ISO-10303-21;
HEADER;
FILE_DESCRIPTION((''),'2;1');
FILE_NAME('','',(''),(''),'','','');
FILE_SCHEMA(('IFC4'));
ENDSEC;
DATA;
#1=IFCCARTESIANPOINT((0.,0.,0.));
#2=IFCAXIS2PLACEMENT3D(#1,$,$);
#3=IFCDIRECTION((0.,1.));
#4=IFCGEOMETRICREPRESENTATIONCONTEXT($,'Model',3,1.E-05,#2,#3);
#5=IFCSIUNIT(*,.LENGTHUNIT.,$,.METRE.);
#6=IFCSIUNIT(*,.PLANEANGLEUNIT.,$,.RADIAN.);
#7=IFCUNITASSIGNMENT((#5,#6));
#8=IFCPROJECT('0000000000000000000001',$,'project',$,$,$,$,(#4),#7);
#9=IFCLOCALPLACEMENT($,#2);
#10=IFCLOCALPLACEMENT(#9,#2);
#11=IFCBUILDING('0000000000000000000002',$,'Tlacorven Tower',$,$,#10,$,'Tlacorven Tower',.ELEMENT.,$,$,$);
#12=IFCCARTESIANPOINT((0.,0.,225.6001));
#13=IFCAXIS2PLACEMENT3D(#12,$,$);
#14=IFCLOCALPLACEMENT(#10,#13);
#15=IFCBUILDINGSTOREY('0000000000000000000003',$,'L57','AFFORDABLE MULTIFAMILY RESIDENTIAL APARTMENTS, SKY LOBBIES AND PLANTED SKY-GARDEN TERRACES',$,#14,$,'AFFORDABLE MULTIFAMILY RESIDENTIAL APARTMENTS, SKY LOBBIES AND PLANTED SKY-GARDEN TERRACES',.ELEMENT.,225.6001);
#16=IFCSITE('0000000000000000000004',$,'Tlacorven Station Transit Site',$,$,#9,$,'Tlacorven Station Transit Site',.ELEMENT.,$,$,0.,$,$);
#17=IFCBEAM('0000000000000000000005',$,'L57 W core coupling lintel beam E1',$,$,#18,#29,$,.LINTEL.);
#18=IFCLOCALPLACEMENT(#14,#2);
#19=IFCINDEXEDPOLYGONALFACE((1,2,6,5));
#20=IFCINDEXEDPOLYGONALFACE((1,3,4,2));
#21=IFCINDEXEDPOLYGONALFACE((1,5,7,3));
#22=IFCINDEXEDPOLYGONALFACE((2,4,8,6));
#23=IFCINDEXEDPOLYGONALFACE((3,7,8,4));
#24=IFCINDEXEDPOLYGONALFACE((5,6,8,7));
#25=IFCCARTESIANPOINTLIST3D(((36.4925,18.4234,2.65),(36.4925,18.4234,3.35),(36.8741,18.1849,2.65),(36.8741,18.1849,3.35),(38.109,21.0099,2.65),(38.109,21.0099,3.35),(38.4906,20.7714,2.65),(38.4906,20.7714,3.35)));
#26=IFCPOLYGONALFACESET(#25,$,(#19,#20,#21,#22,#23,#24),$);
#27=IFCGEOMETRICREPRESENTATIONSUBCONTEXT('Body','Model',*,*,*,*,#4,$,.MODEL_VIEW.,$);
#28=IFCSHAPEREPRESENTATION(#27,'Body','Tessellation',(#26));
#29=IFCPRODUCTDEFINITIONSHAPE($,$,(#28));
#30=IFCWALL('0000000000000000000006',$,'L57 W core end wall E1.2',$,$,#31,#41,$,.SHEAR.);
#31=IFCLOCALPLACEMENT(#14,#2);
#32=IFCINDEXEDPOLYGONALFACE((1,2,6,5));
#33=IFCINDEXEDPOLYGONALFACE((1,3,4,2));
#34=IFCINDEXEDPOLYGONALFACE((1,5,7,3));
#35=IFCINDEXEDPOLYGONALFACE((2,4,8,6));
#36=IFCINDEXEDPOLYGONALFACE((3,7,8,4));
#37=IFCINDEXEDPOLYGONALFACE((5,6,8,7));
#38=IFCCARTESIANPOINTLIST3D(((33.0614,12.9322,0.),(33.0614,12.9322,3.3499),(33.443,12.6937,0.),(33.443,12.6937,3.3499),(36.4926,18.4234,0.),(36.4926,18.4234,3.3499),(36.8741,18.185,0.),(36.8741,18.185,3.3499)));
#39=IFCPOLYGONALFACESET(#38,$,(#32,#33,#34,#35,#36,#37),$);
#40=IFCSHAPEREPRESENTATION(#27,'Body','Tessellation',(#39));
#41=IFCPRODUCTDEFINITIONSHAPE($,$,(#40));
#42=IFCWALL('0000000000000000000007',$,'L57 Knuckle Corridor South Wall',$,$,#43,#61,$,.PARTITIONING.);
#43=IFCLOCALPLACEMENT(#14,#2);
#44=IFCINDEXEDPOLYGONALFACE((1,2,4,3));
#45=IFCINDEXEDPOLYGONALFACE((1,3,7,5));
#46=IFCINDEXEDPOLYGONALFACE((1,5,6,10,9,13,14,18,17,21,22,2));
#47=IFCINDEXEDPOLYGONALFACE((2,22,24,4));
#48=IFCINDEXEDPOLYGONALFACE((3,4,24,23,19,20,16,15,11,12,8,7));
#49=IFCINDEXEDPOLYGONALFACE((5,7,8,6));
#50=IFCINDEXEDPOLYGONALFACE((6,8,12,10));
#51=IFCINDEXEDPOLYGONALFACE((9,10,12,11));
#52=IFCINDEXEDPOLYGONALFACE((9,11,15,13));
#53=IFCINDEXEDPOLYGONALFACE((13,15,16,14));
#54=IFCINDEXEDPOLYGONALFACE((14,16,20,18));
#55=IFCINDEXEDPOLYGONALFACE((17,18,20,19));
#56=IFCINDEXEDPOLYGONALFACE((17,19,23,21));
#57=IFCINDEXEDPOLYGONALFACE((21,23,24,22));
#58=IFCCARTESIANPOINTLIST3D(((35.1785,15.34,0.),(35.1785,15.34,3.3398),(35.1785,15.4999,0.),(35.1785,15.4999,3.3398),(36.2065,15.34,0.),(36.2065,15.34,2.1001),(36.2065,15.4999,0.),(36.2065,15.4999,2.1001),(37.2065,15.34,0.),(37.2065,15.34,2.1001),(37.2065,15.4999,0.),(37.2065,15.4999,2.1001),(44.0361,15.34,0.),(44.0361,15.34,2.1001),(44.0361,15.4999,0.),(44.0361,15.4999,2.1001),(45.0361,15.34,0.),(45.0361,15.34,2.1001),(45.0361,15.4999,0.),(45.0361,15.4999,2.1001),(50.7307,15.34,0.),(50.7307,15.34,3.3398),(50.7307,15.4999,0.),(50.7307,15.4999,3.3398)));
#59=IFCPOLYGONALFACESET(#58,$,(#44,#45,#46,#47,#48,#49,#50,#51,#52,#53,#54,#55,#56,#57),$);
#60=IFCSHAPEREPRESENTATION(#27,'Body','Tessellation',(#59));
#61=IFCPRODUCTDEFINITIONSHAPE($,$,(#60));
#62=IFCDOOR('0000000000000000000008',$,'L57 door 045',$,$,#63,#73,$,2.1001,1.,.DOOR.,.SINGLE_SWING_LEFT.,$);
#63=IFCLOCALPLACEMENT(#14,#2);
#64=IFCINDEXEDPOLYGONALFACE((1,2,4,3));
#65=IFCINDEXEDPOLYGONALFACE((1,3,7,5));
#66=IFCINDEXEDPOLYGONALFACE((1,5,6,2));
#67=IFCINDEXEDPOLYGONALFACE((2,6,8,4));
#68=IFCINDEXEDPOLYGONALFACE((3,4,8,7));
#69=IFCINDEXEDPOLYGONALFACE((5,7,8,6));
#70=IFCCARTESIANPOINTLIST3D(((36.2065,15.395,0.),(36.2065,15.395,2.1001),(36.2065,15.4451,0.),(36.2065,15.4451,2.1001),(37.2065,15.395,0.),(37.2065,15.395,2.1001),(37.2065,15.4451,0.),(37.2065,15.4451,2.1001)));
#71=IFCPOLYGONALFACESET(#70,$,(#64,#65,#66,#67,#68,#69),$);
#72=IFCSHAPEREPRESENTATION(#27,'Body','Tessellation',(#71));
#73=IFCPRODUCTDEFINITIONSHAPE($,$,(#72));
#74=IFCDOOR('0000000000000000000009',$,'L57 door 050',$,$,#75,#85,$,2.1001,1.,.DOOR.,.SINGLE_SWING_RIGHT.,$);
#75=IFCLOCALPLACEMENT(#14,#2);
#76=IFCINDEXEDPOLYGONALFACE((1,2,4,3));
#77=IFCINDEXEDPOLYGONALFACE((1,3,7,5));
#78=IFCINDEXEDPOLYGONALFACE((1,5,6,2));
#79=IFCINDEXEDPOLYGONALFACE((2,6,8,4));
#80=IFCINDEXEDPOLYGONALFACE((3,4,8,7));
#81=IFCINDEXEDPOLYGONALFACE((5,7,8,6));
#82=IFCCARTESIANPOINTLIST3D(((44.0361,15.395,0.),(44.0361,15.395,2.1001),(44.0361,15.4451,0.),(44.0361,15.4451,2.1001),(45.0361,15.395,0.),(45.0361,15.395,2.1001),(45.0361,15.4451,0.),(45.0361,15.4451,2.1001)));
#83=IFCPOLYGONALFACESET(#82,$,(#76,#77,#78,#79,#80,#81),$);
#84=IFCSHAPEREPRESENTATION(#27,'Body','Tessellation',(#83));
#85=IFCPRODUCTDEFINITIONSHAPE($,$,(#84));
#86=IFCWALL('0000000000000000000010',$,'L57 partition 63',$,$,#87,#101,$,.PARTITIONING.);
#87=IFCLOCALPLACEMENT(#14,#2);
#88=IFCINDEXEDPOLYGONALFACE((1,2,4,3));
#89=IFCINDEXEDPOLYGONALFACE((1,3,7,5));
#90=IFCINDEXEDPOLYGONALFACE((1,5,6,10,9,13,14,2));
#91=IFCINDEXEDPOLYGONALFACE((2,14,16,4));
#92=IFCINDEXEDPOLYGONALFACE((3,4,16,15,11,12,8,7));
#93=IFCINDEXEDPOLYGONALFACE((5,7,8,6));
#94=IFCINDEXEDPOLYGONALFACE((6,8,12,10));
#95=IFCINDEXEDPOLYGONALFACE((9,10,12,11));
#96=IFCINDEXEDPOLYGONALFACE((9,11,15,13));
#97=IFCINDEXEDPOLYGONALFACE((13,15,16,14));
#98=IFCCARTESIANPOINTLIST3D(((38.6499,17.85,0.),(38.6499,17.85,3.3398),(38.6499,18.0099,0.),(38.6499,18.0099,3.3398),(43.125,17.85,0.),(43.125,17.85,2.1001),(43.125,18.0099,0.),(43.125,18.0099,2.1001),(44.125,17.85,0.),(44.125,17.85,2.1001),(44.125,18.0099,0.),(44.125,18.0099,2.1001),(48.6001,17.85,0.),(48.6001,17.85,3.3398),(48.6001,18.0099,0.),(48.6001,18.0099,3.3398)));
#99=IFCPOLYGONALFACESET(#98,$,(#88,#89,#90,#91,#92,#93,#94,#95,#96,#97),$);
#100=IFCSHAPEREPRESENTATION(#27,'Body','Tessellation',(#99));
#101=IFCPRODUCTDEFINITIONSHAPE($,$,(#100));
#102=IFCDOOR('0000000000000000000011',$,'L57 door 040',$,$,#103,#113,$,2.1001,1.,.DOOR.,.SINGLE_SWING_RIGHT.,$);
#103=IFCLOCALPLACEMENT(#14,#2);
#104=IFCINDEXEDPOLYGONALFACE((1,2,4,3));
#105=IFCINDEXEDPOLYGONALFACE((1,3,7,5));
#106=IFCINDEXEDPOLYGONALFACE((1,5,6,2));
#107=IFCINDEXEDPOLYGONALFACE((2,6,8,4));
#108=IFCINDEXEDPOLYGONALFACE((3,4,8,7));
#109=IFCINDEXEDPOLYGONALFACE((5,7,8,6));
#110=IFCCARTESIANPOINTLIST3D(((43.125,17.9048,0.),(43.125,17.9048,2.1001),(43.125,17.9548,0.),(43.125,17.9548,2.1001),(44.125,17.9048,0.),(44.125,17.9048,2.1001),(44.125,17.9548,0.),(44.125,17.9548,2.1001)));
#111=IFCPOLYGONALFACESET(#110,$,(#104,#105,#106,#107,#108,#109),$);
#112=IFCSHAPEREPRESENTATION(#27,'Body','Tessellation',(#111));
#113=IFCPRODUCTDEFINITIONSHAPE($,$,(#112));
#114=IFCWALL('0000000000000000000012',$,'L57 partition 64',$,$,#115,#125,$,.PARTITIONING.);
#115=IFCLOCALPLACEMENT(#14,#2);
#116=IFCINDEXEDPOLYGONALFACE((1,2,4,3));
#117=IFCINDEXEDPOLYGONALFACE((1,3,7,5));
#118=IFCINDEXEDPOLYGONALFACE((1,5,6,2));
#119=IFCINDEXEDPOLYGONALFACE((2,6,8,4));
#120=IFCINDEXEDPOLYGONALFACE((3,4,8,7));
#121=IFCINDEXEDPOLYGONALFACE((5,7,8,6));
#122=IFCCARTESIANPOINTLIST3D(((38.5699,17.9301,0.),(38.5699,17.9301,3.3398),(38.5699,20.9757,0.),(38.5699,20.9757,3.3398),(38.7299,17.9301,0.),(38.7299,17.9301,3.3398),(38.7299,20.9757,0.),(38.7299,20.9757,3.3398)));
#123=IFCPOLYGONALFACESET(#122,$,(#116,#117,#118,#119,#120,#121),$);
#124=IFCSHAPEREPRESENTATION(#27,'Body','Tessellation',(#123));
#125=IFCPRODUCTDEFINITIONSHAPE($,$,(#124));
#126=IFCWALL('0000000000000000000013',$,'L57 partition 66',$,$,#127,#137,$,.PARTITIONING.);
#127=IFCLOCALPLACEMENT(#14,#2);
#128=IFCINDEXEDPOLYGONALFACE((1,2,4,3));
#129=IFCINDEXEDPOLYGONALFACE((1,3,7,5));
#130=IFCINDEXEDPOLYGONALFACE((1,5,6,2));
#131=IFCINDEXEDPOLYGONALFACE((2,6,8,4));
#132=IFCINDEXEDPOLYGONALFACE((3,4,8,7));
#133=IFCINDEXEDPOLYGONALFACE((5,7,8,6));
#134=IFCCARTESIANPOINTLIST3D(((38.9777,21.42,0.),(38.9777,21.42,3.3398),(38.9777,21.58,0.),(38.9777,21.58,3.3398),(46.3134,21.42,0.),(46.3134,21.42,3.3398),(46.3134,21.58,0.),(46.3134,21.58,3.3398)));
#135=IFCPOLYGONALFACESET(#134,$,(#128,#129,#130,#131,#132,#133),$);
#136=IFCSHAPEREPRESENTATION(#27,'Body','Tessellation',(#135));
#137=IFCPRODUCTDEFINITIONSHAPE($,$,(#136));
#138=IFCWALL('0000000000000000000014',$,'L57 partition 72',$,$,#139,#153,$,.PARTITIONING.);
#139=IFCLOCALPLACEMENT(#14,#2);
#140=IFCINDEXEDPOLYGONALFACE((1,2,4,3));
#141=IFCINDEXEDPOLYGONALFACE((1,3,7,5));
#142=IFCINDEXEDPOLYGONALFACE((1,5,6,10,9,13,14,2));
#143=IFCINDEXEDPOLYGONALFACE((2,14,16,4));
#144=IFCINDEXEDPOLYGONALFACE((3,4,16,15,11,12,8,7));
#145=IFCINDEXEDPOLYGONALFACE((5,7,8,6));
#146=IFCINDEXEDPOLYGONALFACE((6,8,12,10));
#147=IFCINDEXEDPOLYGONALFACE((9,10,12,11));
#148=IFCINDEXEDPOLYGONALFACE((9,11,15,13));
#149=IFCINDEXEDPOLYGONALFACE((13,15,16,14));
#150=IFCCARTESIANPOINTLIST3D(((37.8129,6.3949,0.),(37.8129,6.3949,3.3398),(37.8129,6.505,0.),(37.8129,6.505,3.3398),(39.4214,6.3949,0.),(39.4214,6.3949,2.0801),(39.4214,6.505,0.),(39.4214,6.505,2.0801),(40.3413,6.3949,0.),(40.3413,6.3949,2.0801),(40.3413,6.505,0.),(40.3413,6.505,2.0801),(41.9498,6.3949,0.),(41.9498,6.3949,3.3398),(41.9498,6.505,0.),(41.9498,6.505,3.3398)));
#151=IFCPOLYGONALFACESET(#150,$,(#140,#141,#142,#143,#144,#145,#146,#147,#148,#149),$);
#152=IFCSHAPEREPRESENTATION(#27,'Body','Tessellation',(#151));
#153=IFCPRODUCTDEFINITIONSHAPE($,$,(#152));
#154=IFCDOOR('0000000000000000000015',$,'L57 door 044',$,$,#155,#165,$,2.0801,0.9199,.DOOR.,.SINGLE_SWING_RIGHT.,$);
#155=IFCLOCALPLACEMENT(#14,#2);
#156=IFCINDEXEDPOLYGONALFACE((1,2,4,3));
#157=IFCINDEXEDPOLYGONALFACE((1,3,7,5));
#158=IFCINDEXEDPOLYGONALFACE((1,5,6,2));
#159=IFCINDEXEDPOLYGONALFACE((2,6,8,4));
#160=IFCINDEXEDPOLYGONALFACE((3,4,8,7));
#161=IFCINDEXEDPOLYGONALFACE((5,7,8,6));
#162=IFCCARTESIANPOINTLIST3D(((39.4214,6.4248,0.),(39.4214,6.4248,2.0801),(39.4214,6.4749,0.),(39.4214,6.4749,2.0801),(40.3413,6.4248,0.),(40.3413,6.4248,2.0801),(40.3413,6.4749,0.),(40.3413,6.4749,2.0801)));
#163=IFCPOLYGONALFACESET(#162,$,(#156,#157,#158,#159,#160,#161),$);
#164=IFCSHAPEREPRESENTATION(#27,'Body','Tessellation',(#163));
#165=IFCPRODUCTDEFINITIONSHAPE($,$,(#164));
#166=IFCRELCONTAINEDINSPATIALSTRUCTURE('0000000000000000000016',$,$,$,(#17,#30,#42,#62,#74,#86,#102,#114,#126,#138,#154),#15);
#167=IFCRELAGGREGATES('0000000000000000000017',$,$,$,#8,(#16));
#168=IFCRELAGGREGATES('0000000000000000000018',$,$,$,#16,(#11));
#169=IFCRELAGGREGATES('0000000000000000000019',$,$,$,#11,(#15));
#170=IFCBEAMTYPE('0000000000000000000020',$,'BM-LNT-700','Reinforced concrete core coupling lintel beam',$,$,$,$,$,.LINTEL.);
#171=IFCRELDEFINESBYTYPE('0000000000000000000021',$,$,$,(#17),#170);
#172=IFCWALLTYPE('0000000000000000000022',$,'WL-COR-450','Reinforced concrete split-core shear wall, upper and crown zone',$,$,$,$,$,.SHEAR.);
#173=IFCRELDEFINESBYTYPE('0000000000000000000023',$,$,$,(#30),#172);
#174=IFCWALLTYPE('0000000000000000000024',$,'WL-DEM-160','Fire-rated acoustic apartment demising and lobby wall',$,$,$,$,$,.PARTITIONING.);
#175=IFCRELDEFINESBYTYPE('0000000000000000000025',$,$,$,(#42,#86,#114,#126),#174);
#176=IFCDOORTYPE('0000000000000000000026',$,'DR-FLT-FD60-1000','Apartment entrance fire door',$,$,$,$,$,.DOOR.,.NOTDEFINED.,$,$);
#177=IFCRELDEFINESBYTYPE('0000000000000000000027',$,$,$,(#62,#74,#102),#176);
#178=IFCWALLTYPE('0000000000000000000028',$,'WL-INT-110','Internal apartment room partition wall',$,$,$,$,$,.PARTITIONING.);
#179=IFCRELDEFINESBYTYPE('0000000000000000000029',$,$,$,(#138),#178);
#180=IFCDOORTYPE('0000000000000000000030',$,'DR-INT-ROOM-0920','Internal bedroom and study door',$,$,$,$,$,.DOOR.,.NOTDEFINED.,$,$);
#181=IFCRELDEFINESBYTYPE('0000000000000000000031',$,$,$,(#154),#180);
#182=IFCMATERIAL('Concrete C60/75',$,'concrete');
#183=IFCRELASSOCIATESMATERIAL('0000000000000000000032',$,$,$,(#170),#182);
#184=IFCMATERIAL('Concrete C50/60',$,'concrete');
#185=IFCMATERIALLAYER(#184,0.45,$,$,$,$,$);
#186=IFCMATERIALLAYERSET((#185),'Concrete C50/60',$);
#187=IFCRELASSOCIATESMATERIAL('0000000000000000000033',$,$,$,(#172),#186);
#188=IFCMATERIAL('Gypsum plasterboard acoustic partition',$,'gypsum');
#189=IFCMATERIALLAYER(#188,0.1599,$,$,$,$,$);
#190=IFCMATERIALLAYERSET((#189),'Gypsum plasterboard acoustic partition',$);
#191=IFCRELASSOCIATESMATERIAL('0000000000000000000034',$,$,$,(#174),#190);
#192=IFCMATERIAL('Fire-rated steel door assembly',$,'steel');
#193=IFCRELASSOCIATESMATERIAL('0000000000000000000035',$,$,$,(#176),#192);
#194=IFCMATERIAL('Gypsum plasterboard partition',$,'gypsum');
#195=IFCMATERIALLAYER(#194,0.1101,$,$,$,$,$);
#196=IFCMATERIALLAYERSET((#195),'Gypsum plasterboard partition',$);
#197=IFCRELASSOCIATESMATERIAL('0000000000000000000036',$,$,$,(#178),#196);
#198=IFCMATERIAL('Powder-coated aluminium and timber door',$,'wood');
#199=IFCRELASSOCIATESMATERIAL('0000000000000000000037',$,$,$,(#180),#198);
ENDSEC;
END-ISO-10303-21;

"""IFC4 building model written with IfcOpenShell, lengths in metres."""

from ifc_helpers import new_model, si_unit, direction, frame, frame_2d, origin, origin_2d, place, context, subcontext, project, spatial, rectangle, extrude, source, transform, mapped, material, layer, layer_set, material_profile, profile_set, type_object, element, fill, save


model = new_model("IFC4")

# Units and contexts
model_context = context("Model", 3, precision=1e-05, world=origin(), true_north=direction((0.0, 1.0)))
body_context = subcontext(model_context, "Body", "Model", "MODEL_VIEW")
ifc_project = project(units=[si_unit("LENGTHUNIT", "METRE"), si_unit("PLANEANGLEUNIT", "RADIAN")], contexts=[model_context])

# Site, building, storey
site_placement = place(None, origin())
site = spatial("IfcSite", under=ifc_project, at=site_placement, Name="Tlacorven Station Transit Site", LongName="Tlacorven Station Transit Site", CompositionType="ELEMENT", RefElevation=0.0)
building_placement = place(site_placement, origin())
building = spatial("IfcBuilding", under=site, at=building_placement, Name="Tlacorven Tower", LongName="Tlacorven Tower", CompositionType="ELEMENT")
storey_placement = place(building_placement, frame((0.0, 0.0, 225.6001)))
storey = spatial("IfcBuildingStorey", under=building, at=storey_placement, Name="L57", Description="AFFORDABLE MULTIFAMILY RESIDENTIAL APARTMENTS, SKY LOBBIES AND PLANTED SKY-GARDEN TERRACES", LongName="AFFORDABLE MULTIFAMILY RESIDENTIAL APARTMENTS, SKY LOBBIES AND PLANTED SKY-GARDEN TERRACES", CompositionType="ELEMENT", Elevation=225.6001)

# Beam
ifc_material_1 = material(Name="Concrete C60/75", Category="concrete")
ifc_material_profile = material_profile(ifc_material_1, rectangle(XDim=0.45, YDim=0.7, at=origin_2d()), Name="RC 450X700")
ifc_profile_set = profile_set([ifc_material_profile], Name="Concrete C60/75")
beam_type = type_object("IfcBeamType", Name="BM-LNT-700", Description="Reinforced concrete core coupling lintel beam", PredefinedType="LINTEL", material=ifc_profile_set)
shared_shape_1 = source(origin(), body_context, "Body", "SweptSolid", [
    extrude(rectangle(XDim=0.45, YDim=0.7, at=origin_2d()), origin(), (0.0, 0.0, 1.0), 3.05),
])
beam_placement = place(storey_placement, frame((38.2998, 20.8906, 3.0), z_axis=(-0.529985, -0.848007, 0.0), x_axis=(0.848007, -0.529985, 0.0)))
element("IfcBeam", 1, at=beam_placement, inside=storey, type_object=beam_type, Name="L57 W core coupling lintel beam E1", PredefinedType="LINTEL", context=body_context, shape_type="MappedRepresentation", body=[
    mapped(shared_shape_1, transform((0.0, 0.0, 0.0), scale=1.0)),
])

# Wall
ifc_material_2 = material(Name="Concrete C50/60", Category="concrete")
ifc_layer_1 = layer(ifc_material_2, 0.45)
ifc_layer_set_1 = layer_set([ifc_layer_1], Name="Concrete C50/60")
wall_type_1 = type_object("IfcWallType", Name="WL-COR-450", Description="Reinforced concrete split-core shear wall, upper and crown zone", PredefinedType="SHEAR", material=ifc_layer_set_1)
wall_1_placement = place(storey_placement, frame((36.6833, 18.3042, 0.0), z_axis=(0.0, 0.0, 1.0), x_axis=(-0.529904, -0.848058, 0.0)))
element("IfcWall", 2, at=wall_1_placement, inside=storey, type_object=wall_type_1, Name="L57 W core end wall E1.2", PredefinedType="SHEAR", context=body_context, shape_type="SweptSolid", body=[
    extrude(rectangle(XDim=6.4751, YDim=0.45, at=frame_2d((3.2375, 0.0))), origin(), (0.0, 0.0, 1.0), 3.3499),
])

# Wall, openings, doors
ifc_material_3 = material(Name="Gypsum plasterboard acoustic partition", Category="gypsum")
ifc_layer_2 = layer(ifc_material_3, 0.1599)
ifc_layer_set_2 = layer_set([ifc_layer_2], Name="Gypsum plasterboard acoustic partition")
wall_type_2 = type_object("IfcWallType", Name="WL-DEM-160", Description="Fire-rated acoustic apartment demising and lobby wall", PredefinedType="PARTITIONING", material=ifc_layer_set_2)
wall_2_placement = place(storey_placement, frame((35.1785, 15.4199, 0.0), z_axis=(0.0, 0.0, 1.0), x_axis=(1.0, 0.0, 0.0)))
wall_2 = element("IfcWall", 3, at=wall_2_placement, inside=storey, type_object=wall_type_2, Name="L57 Knuckle Corridor South Wall", PredefinedType="PARTITIONING", context=body_context, shape_type="SweptSolid", body=[
    extrude(rectangle(XDim=15.5522, YDim=0.1599, at=frame_2d((7.7761, 0.0))), origin(), (0.0, 0.0, 1.0), 3.3398),
])
opening_1_placement = place(wall_2_placement, frame((1.0281, 0.0, 0.0)))
opening_1 = element("IfcOpeningElement", 4, at=opening_1_placement, cuts=wall_2, PredefinedType="OPENING", context=body_context, shape_type="SweptSolid", body=[
    extrude(rectangle(XDim=1.0, YDim=2.1001, at=frame_2d((0.5, 1.05))), frame((0.0, 0.0898, 0.0), z_axis=(0.0, -1.0, 0.0), x_axis=(1.0, 0.0, 0.0)), (0.0, 0.0, 1.0), 0.1799),
])
opening_2_placement = place(wall_2_placement, frame((8.8577, 0.0, 0.0)))
opening_2 = element("IfcOpeningElement", 5, at=opening_2_placement, cuts=wall_2, PredefinedType="OPENING", context=body_context, shape_type="SweptSolid", body=[
    extrude(rectangle(XDim=1.0, YDim=2.1001, at=frame_2d((0.5, 1.05))), frame((0.0, 0.0898, 0.0), z_axis=(0.0, -1.0, 0.0), x_axis=(1.0, 0.0, 0.0)), (0.0, 0.0, 1.0), 0.1799),
])
ifc_material_4 = material(Name="Fire-rated steel door assembly", Category="steel")
door_type_1 = type_object("IfcDoorType", Name="DR-FLT-FD60-1000", Description="Apartment entrance fire door", OperationType="NOTDEFINED", PredefinedType="DOOR", material=ifc_material_4)
shared_shape_2 = source(origin(), body_context, "Body", "SweptSolid", [
    extrude(rectangle(XDim=1.0, YDim=2.1001, at=frame_2d((0.5, 1.05))), frame((0.0, 0.0249, 0.0), z_axis=(0.0, -1.0, 0.0), x_axis=(1.0, 0.0, 0.0)), (0.0, 0.0, 1.0), 0.05),
])
door_1_placement = place(opening_1_placement, frame((1.0, 0.0, 0.0), z_axis=(0.0, 0.0, 1.0), x_axis=(-1.0, 0.0, 0.0)))
door_1 = element("IfcDoor", 6, at=door_1_placement, inside=storey, type_object=door_type_1, Name="L57 door 045", OperationType="SINGLE_SWING_LEFT", OverallHeight=2.1001, OverallWidth=1.0, PredefinedType="DOOR", context=body_context, shape_type="MappedRepresentation", body=[
    mapped(shared_shape_2, transform((0.0, 0.0, 0.0), scale=1.0)),
])
fill(opening_1, door_1)
door_2_placement = place(opening_2_placement, frame((1.0, 0.0, 0.0), z_axis=(0.0, 0.0, 1.0), x_axis=(-1.0, 0.0, 0.0)))
door_2 = element("IfcDoor", 7, at=door_2_placement, inside=storey, type_object=door_type_1, Name="L57 door 050", OperationType="SINGLE_SWING_RIGHT", OverallHeight=2.1001, OverallWidth=1.0, PredefinedType="DOOR", context=body_context, shape_type="MappedRepresentation", body=[
    mapped(shared_shape_2, transform((0.0, 0.0, 0.0), scale=1.0)),
])
fill(opening_2, door_2)

# Wall, opening, door
wall_3_placement = place(storey_placement, frame((38.6499, 17.9299, 0.0), z_axis=(0.0, 0.0, 1.0), x_axis=(1.0, 0.0, 0.0)))
wall_3 = element("IfcWall", 8, at=wall_3_placement, inside=storey, type_object=wall_type_2, Name="L57 partition 63", PredefinedType="PARTITIONING", context=body_context, shape_type="SweptSolid", body=[
    extrude(rectangle(XDim=9.9502, YDim=0.1599, at=frame_2d((4.9751, 0.0))), origin(), (0.0, 0.0, 1.0), 3.3398),
])
opening_3_placement = place(wall_3_placement, frame((4.4751, 0.0, 0.0)))
opening_3 = element("IfcOpeningElement", 9, at=opening_3_placement, cuts=wall_3, PredefinedType="OPENING", context=body_context, shape_type="SweptSolid", body=[
    extrude(rectangle(XDim=1.0, YDim=2.1001, at=frame_2d((0.5, 1.05))), frame((0.0, 0.0898, 0.0), z_axis=(0.0, -1.0, 0.0), x_axis=(1.0, 0.0, 0.0)), (0.0, 0.0, 1.0), 0.1799),
])
door_3_placement = place(opening_3_placement, origin())
door_3 = element("IfcDoor", 10, at=door_3_placement, inside=storey, type_object=door_type_1, Name="L57 door 040", OperationType="SINGLE_SWING_RIGHT", OverallHeight=2.1001, OverallWidth=1.0, PredefinedType="DOOR", context=body_context, shape_type="MappedRepresentation", body=[
    mapped(shared_shape_2, transform((0.0, 0.0, 0.0), scale=1.0)),
])
fill(opening_3, door_3)

# Walls
wall_4_placement = place(storey_placement, frame((38.6499, 17.9299, 0.0), z_axis=(0.0, 0.0, 1.0), x_axis=(0.0, 1.0, 0.0)))
element("IfcWall", 11, at=wall_4_placement, inside=storey, type_object=wall_type_2, Name="L57 partition 64", PredefinedType="PARTITIONING", context=body_context, shape_type="SweptSolid", body=[
    extrude(rectangle(XDim=3.0457, YDim=0.1599, at=frame_2d((1.5229, 0.0))), origin(), (0.0, 0.0, 1.0), 3.3398),
])
wall_5_placement = place(storey_placement, frame((38.9775, 21.5, 0.0), z_axis=(0.0, 0.0, 1.0), x_axis=(1.0, 0.0, 0.0)))
element("IfcWall", 12, at=wall_5_placement, inside=storey, type_object=wall_type_2, Name="L57 partition 66", PredefinedType="PARTITIONING", context=body_context, shape_type="SweptSolid", body=[
    extrude(rectangle(XDim=7.3357, YDim=0.1599, at=frame_2d((3.668, 0.0))), origin(), (0.0, 0.0, 1.0), 3.3398),
])

# Wall, opening, door
ifc_material_5 = material(Name="Gypsum plasterboard partition", Category="gypsum")
ifc_layer_3 = layer(ifc_material_5, 0.1101)
ifc_layer_set_3 = layer_set([ifc_layer_3], Name="Gypsum plasterboard partition")
wall_type_3 = type_object("IfcWallType", Name="WL-INT-110", Description="Internal apartment room partition wall", PredefinedType="PARTITIONING", material=ifc_layer_set_3)
wall_6_placement = place(storey_placement, frame((37.813, 6.45, 0.0), z_axis=(0.0, 0.0, 1.0), x_axis=(1.0, 0.0, 0.0)))
wall_6 = element("IfcWall", 13, at=wall_6_placement, inside=storey, type_object=wall_type_3, Name="L57 partition 72", PredefinedType="PARTITIONING", context=body_context, shape_type="SweptSolid", body=[
    extrude(rectangle(XDim=4.137, YDim=0.1101, at=frame_2d((2.0684, 0.0))), origin(), (0.0, 0.0, 1.0), 3.3398),
])
opening_4_placement = place(wall_6_placement, frame((1.6084, 0.0, 0.0)))
opening_4 = element("IfcOpeningElement", 14, at=opening_4_placement, cuts=wall_6, PredefinedType="OPENING", context=body_context, shape_type="SweptSolid", body=[
    extrude(rectangle(XDim=0.9199, YDim=2.0801, at=frame_2d((0.46, 1.04))), frame((0.0, 0.0649, 0.0), z_axis=(0.0, -1.0, 0.0), x_axis=(1.0, 0.0, 0.0)), (0.0, 0.0, 1.0), 0.1301),
])
ifc_material_6 = material(Name="Powder-coated aluminium and timber door", Category="wood")
door_type_2 = type_object("IfcDoorType", Name="DR-INT-ROOM-0920", Description="Internal bedroom and study door", OperationType="NOTDEFINED", PredefinedType="DOOR", material=ifc_material_6)
shared_shape_3 = source(origin(), body_context, "Body", "SweptSolid", [
    extrude(rectangle(XDim=0.9199, YDim=2.0801, at=frame_2d((0.46, 1.04))), frame((0.0, 0.0249, 0.0), z_axis=(0.0, -1.0, 0.0), x_axis=(1.0, 0.0, 0.0)), (0.0, 0.0, 1.0), 0.05),
])
door_4_placement = place(opening_4_placement, origin())
door_4 = element("IfcDoor", 15, at=door_4_placement, inside=storey, type_object=door_type_2, Name="L57 door 044", OperationType="SINGLE_SWING_RIGHT", OverallHeight=2.0801, OverallWidth=0.9199, PredefinedType="DOOR", context=body_context, shape_type="MappedRepresentation", body=[
    mapped(shared_shape_3, transform((0.0, 0.0, 0.0), scale=1.0)),
])
fill(opening_4, door_4)

save(model, "model.ifc")
